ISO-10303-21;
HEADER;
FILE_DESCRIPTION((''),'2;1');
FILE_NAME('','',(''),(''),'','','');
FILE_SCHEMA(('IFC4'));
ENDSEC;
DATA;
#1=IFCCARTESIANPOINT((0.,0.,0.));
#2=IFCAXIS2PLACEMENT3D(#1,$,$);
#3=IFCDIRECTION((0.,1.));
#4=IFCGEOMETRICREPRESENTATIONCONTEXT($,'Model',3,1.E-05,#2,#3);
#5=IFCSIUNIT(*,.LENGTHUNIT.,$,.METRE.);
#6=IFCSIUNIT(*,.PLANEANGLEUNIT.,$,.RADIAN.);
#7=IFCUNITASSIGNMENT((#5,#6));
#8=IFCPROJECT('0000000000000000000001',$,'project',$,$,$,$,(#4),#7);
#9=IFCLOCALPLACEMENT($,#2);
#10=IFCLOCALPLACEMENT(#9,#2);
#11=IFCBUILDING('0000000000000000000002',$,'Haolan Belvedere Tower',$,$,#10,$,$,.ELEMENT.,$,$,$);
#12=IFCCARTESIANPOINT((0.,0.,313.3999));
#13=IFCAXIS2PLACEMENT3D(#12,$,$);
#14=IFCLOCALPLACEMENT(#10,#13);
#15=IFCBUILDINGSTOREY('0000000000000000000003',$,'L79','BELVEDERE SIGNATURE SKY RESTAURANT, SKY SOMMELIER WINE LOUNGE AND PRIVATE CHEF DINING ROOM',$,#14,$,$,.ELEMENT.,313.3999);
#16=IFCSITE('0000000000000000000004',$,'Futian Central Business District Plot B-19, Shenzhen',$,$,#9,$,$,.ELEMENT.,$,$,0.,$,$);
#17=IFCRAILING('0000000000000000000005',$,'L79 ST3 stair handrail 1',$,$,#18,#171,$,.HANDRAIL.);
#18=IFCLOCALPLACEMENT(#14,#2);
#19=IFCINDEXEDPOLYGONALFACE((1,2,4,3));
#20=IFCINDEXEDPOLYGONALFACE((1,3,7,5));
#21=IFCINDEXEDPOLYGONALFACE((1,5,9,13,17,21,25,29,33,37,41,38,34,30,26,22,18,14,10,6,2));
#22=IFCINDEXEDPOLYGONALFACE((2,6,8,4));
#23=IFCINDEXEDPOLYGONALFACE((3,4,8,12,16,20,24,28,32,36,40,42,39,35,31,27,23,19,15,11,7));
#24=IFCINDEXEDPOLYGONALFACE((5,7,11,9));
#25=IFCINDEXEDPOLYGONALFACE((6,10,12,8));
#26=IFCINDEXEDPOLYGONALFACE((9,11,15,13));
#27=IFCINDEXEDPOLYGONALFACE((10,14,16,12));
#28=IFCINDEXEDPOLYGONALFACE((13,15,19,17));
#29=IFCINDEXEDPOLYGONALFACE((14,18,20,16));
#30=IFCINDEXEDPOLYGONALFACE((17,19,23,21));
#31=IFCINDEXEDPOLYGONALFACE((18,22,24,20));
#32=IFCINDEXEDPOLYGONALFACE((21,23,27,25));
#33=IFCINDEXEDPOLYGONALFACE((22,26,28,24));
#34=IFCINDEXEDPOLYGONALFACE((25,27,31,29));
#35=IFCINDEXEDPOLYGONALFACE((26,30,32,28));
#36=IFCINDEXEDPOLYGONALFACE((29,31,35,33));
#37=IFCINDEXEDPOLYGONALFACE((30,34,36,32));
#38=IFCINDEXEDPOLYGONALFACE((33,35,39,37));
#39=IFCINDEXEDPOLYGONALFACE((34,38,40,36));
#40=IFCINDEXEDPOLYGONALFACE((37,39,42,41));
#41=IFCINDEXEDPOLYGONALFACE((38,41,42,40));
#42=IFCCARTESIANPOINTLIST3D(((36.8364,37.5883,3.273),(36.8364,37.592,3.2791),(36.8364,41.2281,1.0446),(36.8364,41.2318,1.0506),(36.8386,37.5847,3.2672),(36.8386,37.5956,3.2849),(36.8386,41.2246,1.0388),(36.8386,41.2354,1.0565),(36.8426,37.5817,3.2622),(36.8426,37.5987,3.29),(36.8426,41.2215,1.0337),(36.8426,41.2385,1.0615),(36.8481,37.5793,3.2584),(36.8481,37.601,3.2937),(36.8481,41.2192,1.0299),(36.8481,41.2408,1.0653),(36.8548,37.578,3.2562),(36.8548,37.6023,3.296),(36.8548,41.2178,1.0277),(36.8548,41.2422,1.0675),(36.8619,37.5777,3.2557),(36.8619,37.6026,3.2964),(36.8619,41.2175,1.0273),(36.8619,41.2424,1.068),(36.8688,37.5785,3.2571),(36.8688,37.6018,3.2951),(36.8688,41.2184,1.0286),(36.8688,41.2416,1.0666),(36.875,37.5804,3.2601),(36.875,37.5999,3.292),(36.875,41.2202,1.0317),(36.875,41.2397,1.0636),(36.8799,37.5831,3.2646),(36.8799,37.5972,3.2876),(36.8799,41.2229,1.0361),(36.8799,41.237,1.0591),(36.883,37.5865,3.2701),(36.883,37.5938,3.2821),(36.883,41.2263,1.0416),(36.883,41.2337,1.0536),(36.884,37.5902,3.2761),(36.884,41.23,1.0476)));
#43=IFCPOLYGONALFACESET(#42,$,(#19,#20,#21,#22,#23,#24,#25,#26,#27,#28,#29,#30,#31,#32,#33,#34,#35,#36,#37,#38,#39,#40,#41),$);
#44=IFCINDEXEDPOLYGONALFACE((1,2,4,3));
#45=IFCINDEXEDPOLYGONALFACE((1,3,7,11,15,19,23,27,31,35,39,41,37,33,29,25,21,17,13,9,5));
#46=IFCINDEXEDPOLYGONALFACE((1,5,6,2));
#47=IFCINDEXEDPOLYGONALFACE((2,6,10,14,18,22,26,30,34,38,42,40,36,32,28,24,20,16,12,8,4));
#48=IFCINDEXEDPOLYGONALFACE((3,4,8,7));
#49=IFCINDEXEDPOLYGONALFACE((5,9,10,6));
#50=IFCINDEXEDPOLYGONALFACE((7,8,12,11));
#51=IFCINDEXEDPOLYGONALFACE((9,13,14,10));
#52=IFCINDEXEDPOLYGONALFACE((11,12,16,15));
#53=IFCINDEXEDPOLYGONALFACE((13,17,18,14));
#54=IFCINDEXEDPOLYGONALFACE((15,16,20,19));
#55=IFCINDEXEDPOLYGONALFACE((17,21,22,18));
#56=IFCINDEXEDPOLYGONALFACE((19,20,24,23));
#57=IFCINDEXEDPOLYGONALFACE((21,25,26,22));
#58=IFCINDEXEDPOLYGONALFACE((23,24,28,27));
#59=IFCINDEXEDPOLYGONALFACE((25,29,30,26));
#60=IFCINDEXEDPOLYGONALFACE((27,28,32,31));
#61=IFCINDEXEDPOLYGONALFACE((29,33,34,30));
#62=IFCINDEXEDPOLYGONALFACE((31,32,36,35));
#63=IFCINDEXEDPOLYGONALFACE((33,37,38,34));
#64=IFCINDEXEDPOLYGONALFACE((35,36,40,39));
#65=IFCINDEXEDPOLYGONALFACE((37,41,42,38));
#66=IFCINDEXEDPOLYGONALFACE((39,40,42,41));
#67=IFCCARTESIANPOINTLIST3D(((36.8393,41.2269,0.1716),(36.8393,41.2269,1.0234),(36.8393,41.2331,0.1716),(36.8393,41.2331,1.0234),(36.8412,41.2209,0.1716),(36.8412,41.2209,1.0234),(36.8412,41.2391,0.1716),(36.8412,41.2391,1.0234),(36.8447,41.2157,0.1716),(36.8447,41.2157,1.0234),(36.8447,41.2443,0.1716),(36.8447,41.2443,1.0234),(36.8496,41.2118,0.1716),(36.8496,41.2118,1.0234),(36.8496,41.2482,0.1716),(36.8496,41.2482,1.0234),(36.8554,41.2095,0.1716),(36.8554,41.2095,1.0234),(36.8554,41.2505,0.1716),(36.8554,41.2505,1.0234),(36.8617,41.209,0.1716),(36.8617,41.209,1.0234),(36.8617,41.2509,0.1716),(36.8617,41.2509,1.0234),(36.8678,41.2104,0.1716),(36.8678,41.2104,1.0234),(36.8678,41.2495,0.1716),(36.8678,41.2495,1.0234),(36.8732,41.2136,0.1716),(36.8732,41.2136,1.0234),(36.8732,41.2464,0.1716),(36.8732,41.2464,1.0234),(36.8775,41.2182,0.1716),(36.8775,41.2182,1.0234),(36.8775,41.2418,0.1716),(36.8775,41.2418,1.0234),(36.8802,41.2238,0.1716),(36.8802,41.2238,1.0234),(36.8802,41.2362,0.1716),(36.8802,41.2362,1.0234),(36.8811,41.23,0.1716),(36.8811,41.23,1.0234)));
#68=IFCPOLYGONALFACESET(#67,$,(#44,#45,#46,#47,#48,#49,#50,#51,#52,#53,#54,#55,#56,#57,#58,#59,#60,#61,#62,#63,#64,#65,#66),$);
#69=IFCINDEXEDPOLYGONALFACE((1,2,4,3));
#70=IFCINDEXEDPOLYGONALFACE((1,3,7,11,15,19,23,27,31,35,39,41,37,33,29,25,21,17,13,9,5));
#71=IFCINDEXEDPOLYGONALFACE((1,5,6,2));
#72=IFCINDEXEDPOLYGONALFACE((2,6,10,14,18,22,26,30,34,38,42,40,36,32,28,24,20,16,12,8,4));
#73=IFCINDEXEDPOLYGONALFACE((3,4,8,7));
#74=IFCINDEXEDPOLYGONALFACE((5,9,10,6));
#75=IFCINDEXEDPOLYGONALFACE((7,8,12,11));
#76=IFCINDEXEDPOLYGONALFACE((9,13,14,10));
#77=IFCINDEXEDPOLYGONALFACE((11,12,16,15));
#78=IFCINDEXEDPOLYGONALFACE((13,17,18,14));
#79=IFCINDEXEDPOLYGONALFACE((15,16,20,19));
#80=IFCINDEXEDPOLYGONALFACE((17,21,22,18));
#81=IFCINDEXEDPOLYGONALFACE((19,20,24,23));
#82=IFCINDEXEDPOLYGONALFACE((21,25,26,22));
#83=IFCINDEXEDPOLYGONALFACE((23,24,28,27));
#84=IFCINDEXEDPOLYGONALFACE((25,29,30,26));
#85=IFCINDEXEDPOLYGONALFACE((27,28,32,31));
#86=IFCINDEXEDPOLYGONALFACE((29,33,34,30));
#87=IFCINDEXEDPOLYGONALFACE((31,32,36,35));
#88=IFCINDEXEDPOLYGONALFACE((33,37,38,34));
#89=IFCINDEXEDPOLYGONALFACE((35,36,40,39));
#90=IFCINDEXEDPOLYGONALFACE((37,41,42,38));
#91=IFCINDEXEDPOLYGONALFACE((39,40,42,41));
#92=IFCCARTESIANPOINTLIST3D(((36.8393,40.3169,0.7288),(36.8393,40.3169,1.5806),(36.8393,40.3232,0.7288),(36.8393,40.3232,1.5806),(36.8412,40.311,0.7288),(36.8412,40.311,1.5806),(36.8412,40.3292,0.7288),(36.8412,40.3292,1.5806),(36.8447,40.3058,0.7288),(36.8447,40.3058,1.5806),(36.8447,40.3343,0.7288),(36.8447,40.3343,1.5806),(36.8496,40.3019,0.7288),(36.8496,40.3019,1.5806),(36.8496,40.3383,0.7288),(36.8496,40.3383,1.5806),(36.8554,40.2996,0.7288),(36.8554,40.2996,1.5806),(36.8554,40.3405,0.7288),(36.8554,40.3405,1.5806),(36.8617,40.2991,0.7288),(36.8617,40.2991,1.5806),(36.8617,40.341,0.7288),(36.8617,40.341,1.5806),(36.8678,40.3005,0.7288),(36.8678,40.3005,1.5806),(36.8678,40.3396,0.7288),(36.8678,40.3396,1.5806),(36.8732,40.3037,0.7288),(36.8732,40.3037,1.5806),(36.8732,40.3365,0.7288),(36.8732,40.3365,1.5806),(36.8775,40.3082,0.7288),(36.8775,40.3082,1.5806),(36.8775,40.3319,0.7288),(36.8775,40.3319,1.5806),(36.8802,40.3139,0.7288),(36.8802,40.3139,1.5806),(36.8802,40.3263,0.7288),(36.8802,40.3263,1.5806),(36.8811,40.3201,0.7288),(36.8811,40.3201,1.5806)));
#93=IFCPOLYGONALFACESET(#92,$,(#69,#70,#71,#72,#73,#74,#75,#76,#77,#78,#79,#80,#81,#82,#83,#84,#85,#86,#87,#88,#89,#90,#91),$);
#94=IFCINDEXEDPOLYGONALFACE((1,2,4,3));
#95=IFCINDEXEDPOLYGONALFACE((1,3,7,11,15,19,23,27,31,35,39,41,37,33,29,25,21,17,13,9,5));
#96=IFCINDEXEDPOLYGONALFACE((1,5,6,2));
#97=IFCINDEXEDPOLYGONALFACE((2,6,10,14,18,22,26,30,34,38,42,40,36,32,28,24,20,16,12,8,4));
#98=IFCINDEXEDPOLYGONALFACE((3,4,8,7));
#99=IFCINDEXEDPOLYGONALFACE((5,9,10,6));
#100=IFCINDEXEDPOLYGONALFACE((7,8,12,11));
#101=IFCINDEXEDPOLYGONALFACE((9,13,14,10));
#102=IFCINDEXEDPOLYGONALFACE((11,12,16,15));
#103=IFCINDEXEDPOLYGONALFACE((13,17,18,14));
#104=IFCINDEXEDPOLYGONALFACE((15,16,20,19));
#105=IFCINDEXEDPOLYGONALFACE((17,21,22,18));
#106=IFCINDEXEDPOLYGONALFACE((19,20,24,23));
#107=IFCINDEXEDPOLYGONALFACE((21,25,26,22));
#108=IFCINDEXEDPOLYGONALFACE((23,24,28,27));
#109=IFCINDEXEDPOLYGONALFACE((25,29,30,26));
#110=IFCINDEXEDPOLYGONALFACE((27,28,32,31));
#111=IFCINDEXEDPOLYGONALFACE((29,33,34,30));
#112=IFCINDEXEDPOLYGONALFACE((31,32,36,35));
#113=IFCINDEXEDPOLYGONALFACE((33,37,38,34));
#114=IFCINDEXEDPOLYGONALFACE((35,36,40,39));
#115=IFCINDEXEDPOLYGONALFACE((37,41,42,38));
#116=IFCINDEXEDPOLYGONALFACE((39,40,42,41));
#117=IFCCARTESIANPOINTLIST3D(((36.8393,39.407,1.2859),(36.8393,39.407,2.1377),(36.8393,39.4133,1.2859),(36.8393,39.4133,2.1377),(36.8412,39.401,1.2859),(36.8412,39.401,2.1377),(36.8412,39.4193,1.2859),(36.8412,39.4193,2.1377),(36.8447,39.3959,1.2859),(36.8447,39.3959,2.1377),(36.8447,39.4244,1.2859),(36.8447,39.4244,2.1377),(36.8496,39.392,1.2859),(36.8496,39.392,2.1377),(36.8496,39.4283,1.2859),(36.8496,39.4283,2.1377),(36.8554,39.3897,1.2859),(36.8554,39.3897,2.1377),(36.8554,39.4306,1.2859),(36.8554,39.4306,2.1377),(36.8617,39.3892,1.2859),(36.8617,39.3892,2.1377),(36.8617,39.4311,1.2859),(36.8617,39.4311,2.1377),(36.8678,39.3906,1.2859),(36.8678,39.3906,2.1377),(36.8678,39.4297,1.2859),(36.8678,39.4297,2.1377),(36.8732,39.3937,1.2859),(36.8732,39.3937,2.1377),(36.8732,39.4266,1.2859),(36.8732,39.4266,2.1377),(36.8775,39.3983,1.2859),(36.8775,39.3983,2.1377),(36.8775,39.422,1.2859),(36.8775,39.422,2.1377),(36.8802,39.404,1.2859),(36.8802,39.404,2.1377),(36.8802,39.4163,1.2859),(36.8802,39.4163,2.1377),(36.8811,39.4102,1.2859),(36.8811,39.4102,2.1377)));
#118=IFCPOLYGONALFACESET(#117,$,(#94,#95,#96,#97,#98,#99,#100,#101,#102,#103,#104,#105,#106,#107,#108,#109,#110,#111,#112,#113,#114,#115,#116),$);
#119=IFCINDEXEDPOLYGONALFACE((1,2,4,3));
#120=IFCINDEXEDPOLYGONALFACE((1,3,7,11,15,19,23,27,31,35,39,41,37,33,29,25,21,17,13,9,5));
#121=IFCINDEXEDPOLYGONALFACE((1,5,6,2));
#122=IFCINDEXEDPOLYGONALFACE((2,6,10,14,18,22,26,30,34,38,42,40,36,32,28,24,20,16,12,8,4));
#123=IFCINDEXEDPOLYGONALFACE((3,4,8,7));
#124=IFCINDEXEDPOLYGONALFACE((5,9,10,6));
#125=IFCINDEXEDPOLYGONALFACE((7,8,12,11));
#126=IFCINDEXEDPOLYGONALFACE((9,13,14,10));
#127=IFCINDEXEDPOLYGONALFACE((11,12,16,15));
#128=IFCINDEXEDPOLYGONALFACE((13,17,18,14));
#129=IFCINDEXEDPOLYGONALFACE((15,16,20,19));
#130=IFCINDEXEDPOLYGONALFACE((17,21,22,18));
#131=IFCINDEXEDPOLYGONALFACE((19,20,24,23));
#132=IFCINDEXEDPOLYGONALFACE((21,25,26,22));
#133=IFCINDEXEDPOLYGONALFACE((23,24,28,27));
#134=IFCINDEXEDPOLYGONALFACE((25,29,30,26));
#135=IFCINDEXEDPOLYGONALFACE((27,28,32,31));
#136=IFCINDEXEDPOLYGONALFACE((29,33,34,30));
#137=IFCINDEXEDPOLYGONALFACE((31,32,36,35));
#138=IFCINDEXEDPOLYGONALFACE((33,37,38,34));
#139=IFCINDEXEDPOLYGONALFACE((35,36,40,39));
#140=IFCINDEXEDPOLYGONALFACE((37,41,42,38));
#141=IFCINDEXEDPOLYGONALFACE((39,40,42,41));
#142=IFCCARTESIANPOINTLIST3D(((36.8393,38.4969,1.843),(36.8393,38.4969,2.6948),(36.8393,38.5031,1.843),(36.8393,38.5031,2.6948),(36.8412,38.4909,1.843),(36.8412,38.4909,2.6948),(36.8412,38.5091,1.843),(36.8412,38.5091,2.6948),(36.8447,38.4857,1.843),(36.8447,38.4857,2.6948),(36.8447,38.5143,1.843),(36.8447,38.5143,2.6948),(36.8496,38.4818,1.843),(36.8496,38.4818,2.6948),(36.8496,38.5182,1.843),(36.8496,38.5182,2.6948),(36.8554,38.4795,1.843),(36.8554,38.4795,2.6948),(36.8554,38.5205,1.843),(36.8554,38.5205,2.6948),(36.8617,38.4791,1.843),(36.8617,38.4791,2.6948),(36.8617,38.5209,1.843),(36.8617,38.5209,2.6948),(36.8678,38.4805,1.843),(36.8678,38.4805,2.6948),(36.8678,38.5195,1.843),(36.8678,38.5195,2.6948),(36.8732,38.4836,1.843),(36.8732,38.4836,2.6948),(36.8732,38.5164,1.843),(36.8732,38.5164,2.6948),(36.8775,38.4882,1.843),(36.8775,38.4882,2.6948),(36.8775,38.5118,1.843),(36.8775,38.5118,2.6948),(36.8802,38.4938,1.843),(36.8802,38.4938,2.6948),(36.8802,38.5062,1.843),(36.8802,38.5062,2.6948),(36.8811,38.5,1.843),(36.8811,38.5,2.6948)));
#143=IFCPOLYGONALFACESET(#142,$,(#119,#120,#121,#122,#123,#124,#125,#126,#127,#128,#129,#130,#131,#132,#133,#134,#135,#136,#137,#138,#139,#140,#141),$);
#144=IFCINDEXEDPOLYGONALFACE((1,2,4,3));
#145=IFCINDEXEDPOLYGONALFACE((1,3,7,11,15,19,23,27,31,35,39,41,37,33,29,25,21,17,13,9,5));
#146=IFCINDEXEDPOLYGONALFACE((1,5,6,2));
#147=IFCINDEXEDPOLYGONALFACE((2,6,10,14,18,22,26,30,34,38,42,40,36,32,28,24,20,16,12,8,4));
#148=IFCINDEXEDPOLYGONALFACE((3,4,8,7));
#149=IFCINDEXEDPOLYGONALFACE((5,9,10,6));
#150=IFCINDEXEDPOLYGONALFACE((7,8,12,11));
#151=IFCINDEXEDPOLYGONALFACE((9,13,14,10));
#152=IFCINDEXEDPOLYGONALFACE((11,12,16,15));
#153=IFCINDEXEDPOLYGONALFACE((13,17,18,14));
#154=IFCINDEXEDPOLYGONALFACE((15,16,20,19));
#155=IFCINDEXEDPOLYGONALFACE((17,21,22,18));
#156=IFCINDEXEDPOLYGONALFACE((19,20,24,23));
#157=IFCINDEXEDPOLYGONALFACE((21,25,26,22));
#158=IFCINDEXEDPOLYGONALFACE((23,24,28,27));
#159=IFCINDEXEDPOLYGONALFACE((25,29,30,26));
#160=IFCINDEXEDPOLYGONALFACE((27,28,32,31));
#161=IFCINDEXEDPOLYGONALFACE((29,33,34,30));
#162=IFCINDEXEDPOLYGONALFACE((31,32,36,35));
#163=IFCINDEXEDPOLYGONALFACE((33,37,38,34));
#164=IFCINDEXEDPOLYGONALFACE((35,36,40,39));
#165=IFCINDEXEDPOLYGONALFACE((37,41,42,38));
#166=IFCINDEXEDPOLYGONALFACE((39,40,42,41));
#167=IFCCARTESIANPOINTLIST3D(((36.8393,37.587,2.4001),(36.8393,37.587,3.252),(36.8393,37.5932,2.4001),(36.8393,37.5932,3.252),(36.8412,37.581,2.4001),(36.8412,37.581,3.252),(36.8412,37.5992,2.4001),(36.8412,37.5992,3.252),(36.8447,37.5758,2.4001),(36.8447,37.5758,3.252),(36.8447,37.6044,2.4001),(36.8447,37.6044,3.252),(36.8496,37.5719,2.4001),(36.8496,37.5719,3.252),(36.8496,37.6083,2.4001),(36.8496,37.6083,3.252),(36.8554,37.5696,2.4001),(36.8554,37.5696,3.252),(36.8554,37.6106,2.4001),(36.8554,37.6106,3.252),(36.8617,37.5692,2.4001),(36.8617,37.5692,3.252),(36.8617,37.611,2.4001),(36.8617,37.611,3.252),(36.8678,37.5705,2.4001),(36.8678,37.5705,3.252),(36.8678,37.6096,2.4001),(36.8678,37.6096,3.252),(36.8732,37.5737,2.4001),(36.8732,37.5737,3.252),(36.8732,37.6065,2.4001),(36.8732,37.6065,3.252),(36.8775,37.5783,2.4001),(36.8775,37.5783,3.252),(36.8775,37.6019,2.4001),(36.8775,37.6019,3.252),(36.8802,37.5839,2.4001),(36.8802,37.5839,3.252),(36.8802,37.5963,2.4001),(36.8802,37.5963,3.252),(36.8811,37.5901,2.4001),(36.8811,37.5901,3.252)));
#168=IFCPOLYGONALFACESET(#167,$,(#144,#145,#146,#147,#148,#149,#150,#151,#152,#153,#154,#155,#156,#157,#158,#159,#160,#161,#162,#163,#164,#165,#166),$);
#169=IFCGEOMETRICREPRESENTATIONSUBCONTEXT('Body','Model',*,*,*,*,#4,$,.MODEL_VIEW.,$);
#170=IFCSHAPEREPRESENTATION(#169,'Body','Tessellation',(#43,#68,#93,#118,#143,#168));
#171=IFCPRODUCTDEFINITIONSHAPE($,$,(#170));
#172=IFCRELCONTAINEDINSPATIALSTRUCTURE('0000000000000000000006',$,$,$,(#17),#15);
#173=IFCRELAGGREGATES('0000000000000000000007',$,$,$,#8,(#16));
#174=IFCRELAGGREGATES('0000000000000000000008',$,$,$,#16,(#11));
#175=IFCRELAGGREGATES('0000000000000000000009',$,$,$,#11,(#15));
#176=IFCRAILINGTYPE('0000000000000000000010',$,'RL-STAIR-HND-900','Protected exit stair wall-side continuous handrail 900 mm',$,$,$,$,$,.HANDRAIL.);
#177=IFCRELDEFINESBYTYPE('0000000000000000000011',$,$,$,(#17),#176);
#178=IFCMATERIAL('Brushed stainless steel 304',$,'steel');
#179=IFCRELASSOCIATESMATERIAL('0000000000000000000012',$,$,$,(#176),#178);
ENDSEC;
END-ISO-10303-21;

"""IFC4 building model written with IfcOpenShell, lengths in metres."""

from ifc_helpers import new_model, si_unit, direction, frame, origin, origin_2d, place, context, subcontext, project, spatial, circle, extrude, material, type_object, element, save


model = new_model("IFC4")

# Units and contexts
model_context = context("Model", 3, precision=1e-05, world=origin(), true_north=direction((0.0, 1.0)))
body_context = subcontext(model_context, "Body", "Model", "MODEL_VIEW")
ifc_project = project(units=[si_unit("LENGTHUNIT", "METRE"), si_unit("PLANEANGLEUNIT", "RADIAN")], contexts=[model_context])

# Site, building, storey
site_placement = place(None, origin())
site = spatial("IfcSite", under=ifc_project, at=site_placement, Name="Futian Central Business District Plot B-19, Shenzhen", CompositionType="ELEMENT", RefElevation=0.0)
building_placement = place(site_placement, origin())
building = spatial("IfcBuilding", under=site, at=building_placement, Name="Haolan Belvedere Tower", CompositionType="ELEMENT")
storey_placement = place(building_placement, frame((0.0, 0.0, 313.3999)))
storey = spatial("IfcBuildingStorey", under=building, at=storey_placement, Name="L79", Description="BELVEDERE SIGNATURE SKY RESTAURANT, SKY SOMMELIER WINE LOUNGE AND PRIVATE CHEF DINING ROOM", CompositionType="ELEMENT", Elevation=313.3999)

# Railing
ifc_material_1 = material(Name="Brushed stainless steel 304", Category="steel")
railing_type_1 = type_object("IfcRailingType", Name="RL-STAIR-HND-900", Description="Protected exit stair wall-side continuous handrail 900 mm", PredefinedType="HANDRAIL", material=ifc_material_1)
railing_1_placement = place(storey_placement, frame((36.8601, 41.23, 0.1716)))
element("IfcRailing", 1, at=railing_1_placement, inside=storey, type_object=railing_type_1, Name="L79 ST3 stair handrail 1", PredefinedType="HANDRAIL", context=body_context, shape_type="SweptSolid", body=[
    extrude(circle(Radius=0.0239, at=origin_2d()), frame((0.0, 0.0, 0.876), z_axis=(0.0, -0.85285, 0.522156), x_axis=(1.0, 0.0, 0.0)), (0.0, 0.0, 1.0), 4.2678),
    extrude(circle(Radius=0.021, at=origin_2d()), origin(), (0.0, 0.0, 1.0), 0.8518),
    extrude(circle(Radius=0.021, at=origin_2d()), frame((0.0, -0.9099, 0.5571)), (0.0, 0.0, 1.0), 0.8518),
    extrude(circle(Radius=0.021, at=origin_2d()), frame((0.0, -1.8198, 1.1143)), (0.0, 0.0, 1.0), 0.8518),
    extrude(circle(Radius=0.021, at=origin_2d()), frame((0.0, -2.73, 1.6714)), (0.0, 0.0, 1.0), 0.8518),
    extrude(circle(Radius=0.021, at=origin_2d()), frame((0.0, -3.6399, 2.2285)), (0.0, 0.0, 1.0), 0.8518),
])

save(model, "model.ifc")
